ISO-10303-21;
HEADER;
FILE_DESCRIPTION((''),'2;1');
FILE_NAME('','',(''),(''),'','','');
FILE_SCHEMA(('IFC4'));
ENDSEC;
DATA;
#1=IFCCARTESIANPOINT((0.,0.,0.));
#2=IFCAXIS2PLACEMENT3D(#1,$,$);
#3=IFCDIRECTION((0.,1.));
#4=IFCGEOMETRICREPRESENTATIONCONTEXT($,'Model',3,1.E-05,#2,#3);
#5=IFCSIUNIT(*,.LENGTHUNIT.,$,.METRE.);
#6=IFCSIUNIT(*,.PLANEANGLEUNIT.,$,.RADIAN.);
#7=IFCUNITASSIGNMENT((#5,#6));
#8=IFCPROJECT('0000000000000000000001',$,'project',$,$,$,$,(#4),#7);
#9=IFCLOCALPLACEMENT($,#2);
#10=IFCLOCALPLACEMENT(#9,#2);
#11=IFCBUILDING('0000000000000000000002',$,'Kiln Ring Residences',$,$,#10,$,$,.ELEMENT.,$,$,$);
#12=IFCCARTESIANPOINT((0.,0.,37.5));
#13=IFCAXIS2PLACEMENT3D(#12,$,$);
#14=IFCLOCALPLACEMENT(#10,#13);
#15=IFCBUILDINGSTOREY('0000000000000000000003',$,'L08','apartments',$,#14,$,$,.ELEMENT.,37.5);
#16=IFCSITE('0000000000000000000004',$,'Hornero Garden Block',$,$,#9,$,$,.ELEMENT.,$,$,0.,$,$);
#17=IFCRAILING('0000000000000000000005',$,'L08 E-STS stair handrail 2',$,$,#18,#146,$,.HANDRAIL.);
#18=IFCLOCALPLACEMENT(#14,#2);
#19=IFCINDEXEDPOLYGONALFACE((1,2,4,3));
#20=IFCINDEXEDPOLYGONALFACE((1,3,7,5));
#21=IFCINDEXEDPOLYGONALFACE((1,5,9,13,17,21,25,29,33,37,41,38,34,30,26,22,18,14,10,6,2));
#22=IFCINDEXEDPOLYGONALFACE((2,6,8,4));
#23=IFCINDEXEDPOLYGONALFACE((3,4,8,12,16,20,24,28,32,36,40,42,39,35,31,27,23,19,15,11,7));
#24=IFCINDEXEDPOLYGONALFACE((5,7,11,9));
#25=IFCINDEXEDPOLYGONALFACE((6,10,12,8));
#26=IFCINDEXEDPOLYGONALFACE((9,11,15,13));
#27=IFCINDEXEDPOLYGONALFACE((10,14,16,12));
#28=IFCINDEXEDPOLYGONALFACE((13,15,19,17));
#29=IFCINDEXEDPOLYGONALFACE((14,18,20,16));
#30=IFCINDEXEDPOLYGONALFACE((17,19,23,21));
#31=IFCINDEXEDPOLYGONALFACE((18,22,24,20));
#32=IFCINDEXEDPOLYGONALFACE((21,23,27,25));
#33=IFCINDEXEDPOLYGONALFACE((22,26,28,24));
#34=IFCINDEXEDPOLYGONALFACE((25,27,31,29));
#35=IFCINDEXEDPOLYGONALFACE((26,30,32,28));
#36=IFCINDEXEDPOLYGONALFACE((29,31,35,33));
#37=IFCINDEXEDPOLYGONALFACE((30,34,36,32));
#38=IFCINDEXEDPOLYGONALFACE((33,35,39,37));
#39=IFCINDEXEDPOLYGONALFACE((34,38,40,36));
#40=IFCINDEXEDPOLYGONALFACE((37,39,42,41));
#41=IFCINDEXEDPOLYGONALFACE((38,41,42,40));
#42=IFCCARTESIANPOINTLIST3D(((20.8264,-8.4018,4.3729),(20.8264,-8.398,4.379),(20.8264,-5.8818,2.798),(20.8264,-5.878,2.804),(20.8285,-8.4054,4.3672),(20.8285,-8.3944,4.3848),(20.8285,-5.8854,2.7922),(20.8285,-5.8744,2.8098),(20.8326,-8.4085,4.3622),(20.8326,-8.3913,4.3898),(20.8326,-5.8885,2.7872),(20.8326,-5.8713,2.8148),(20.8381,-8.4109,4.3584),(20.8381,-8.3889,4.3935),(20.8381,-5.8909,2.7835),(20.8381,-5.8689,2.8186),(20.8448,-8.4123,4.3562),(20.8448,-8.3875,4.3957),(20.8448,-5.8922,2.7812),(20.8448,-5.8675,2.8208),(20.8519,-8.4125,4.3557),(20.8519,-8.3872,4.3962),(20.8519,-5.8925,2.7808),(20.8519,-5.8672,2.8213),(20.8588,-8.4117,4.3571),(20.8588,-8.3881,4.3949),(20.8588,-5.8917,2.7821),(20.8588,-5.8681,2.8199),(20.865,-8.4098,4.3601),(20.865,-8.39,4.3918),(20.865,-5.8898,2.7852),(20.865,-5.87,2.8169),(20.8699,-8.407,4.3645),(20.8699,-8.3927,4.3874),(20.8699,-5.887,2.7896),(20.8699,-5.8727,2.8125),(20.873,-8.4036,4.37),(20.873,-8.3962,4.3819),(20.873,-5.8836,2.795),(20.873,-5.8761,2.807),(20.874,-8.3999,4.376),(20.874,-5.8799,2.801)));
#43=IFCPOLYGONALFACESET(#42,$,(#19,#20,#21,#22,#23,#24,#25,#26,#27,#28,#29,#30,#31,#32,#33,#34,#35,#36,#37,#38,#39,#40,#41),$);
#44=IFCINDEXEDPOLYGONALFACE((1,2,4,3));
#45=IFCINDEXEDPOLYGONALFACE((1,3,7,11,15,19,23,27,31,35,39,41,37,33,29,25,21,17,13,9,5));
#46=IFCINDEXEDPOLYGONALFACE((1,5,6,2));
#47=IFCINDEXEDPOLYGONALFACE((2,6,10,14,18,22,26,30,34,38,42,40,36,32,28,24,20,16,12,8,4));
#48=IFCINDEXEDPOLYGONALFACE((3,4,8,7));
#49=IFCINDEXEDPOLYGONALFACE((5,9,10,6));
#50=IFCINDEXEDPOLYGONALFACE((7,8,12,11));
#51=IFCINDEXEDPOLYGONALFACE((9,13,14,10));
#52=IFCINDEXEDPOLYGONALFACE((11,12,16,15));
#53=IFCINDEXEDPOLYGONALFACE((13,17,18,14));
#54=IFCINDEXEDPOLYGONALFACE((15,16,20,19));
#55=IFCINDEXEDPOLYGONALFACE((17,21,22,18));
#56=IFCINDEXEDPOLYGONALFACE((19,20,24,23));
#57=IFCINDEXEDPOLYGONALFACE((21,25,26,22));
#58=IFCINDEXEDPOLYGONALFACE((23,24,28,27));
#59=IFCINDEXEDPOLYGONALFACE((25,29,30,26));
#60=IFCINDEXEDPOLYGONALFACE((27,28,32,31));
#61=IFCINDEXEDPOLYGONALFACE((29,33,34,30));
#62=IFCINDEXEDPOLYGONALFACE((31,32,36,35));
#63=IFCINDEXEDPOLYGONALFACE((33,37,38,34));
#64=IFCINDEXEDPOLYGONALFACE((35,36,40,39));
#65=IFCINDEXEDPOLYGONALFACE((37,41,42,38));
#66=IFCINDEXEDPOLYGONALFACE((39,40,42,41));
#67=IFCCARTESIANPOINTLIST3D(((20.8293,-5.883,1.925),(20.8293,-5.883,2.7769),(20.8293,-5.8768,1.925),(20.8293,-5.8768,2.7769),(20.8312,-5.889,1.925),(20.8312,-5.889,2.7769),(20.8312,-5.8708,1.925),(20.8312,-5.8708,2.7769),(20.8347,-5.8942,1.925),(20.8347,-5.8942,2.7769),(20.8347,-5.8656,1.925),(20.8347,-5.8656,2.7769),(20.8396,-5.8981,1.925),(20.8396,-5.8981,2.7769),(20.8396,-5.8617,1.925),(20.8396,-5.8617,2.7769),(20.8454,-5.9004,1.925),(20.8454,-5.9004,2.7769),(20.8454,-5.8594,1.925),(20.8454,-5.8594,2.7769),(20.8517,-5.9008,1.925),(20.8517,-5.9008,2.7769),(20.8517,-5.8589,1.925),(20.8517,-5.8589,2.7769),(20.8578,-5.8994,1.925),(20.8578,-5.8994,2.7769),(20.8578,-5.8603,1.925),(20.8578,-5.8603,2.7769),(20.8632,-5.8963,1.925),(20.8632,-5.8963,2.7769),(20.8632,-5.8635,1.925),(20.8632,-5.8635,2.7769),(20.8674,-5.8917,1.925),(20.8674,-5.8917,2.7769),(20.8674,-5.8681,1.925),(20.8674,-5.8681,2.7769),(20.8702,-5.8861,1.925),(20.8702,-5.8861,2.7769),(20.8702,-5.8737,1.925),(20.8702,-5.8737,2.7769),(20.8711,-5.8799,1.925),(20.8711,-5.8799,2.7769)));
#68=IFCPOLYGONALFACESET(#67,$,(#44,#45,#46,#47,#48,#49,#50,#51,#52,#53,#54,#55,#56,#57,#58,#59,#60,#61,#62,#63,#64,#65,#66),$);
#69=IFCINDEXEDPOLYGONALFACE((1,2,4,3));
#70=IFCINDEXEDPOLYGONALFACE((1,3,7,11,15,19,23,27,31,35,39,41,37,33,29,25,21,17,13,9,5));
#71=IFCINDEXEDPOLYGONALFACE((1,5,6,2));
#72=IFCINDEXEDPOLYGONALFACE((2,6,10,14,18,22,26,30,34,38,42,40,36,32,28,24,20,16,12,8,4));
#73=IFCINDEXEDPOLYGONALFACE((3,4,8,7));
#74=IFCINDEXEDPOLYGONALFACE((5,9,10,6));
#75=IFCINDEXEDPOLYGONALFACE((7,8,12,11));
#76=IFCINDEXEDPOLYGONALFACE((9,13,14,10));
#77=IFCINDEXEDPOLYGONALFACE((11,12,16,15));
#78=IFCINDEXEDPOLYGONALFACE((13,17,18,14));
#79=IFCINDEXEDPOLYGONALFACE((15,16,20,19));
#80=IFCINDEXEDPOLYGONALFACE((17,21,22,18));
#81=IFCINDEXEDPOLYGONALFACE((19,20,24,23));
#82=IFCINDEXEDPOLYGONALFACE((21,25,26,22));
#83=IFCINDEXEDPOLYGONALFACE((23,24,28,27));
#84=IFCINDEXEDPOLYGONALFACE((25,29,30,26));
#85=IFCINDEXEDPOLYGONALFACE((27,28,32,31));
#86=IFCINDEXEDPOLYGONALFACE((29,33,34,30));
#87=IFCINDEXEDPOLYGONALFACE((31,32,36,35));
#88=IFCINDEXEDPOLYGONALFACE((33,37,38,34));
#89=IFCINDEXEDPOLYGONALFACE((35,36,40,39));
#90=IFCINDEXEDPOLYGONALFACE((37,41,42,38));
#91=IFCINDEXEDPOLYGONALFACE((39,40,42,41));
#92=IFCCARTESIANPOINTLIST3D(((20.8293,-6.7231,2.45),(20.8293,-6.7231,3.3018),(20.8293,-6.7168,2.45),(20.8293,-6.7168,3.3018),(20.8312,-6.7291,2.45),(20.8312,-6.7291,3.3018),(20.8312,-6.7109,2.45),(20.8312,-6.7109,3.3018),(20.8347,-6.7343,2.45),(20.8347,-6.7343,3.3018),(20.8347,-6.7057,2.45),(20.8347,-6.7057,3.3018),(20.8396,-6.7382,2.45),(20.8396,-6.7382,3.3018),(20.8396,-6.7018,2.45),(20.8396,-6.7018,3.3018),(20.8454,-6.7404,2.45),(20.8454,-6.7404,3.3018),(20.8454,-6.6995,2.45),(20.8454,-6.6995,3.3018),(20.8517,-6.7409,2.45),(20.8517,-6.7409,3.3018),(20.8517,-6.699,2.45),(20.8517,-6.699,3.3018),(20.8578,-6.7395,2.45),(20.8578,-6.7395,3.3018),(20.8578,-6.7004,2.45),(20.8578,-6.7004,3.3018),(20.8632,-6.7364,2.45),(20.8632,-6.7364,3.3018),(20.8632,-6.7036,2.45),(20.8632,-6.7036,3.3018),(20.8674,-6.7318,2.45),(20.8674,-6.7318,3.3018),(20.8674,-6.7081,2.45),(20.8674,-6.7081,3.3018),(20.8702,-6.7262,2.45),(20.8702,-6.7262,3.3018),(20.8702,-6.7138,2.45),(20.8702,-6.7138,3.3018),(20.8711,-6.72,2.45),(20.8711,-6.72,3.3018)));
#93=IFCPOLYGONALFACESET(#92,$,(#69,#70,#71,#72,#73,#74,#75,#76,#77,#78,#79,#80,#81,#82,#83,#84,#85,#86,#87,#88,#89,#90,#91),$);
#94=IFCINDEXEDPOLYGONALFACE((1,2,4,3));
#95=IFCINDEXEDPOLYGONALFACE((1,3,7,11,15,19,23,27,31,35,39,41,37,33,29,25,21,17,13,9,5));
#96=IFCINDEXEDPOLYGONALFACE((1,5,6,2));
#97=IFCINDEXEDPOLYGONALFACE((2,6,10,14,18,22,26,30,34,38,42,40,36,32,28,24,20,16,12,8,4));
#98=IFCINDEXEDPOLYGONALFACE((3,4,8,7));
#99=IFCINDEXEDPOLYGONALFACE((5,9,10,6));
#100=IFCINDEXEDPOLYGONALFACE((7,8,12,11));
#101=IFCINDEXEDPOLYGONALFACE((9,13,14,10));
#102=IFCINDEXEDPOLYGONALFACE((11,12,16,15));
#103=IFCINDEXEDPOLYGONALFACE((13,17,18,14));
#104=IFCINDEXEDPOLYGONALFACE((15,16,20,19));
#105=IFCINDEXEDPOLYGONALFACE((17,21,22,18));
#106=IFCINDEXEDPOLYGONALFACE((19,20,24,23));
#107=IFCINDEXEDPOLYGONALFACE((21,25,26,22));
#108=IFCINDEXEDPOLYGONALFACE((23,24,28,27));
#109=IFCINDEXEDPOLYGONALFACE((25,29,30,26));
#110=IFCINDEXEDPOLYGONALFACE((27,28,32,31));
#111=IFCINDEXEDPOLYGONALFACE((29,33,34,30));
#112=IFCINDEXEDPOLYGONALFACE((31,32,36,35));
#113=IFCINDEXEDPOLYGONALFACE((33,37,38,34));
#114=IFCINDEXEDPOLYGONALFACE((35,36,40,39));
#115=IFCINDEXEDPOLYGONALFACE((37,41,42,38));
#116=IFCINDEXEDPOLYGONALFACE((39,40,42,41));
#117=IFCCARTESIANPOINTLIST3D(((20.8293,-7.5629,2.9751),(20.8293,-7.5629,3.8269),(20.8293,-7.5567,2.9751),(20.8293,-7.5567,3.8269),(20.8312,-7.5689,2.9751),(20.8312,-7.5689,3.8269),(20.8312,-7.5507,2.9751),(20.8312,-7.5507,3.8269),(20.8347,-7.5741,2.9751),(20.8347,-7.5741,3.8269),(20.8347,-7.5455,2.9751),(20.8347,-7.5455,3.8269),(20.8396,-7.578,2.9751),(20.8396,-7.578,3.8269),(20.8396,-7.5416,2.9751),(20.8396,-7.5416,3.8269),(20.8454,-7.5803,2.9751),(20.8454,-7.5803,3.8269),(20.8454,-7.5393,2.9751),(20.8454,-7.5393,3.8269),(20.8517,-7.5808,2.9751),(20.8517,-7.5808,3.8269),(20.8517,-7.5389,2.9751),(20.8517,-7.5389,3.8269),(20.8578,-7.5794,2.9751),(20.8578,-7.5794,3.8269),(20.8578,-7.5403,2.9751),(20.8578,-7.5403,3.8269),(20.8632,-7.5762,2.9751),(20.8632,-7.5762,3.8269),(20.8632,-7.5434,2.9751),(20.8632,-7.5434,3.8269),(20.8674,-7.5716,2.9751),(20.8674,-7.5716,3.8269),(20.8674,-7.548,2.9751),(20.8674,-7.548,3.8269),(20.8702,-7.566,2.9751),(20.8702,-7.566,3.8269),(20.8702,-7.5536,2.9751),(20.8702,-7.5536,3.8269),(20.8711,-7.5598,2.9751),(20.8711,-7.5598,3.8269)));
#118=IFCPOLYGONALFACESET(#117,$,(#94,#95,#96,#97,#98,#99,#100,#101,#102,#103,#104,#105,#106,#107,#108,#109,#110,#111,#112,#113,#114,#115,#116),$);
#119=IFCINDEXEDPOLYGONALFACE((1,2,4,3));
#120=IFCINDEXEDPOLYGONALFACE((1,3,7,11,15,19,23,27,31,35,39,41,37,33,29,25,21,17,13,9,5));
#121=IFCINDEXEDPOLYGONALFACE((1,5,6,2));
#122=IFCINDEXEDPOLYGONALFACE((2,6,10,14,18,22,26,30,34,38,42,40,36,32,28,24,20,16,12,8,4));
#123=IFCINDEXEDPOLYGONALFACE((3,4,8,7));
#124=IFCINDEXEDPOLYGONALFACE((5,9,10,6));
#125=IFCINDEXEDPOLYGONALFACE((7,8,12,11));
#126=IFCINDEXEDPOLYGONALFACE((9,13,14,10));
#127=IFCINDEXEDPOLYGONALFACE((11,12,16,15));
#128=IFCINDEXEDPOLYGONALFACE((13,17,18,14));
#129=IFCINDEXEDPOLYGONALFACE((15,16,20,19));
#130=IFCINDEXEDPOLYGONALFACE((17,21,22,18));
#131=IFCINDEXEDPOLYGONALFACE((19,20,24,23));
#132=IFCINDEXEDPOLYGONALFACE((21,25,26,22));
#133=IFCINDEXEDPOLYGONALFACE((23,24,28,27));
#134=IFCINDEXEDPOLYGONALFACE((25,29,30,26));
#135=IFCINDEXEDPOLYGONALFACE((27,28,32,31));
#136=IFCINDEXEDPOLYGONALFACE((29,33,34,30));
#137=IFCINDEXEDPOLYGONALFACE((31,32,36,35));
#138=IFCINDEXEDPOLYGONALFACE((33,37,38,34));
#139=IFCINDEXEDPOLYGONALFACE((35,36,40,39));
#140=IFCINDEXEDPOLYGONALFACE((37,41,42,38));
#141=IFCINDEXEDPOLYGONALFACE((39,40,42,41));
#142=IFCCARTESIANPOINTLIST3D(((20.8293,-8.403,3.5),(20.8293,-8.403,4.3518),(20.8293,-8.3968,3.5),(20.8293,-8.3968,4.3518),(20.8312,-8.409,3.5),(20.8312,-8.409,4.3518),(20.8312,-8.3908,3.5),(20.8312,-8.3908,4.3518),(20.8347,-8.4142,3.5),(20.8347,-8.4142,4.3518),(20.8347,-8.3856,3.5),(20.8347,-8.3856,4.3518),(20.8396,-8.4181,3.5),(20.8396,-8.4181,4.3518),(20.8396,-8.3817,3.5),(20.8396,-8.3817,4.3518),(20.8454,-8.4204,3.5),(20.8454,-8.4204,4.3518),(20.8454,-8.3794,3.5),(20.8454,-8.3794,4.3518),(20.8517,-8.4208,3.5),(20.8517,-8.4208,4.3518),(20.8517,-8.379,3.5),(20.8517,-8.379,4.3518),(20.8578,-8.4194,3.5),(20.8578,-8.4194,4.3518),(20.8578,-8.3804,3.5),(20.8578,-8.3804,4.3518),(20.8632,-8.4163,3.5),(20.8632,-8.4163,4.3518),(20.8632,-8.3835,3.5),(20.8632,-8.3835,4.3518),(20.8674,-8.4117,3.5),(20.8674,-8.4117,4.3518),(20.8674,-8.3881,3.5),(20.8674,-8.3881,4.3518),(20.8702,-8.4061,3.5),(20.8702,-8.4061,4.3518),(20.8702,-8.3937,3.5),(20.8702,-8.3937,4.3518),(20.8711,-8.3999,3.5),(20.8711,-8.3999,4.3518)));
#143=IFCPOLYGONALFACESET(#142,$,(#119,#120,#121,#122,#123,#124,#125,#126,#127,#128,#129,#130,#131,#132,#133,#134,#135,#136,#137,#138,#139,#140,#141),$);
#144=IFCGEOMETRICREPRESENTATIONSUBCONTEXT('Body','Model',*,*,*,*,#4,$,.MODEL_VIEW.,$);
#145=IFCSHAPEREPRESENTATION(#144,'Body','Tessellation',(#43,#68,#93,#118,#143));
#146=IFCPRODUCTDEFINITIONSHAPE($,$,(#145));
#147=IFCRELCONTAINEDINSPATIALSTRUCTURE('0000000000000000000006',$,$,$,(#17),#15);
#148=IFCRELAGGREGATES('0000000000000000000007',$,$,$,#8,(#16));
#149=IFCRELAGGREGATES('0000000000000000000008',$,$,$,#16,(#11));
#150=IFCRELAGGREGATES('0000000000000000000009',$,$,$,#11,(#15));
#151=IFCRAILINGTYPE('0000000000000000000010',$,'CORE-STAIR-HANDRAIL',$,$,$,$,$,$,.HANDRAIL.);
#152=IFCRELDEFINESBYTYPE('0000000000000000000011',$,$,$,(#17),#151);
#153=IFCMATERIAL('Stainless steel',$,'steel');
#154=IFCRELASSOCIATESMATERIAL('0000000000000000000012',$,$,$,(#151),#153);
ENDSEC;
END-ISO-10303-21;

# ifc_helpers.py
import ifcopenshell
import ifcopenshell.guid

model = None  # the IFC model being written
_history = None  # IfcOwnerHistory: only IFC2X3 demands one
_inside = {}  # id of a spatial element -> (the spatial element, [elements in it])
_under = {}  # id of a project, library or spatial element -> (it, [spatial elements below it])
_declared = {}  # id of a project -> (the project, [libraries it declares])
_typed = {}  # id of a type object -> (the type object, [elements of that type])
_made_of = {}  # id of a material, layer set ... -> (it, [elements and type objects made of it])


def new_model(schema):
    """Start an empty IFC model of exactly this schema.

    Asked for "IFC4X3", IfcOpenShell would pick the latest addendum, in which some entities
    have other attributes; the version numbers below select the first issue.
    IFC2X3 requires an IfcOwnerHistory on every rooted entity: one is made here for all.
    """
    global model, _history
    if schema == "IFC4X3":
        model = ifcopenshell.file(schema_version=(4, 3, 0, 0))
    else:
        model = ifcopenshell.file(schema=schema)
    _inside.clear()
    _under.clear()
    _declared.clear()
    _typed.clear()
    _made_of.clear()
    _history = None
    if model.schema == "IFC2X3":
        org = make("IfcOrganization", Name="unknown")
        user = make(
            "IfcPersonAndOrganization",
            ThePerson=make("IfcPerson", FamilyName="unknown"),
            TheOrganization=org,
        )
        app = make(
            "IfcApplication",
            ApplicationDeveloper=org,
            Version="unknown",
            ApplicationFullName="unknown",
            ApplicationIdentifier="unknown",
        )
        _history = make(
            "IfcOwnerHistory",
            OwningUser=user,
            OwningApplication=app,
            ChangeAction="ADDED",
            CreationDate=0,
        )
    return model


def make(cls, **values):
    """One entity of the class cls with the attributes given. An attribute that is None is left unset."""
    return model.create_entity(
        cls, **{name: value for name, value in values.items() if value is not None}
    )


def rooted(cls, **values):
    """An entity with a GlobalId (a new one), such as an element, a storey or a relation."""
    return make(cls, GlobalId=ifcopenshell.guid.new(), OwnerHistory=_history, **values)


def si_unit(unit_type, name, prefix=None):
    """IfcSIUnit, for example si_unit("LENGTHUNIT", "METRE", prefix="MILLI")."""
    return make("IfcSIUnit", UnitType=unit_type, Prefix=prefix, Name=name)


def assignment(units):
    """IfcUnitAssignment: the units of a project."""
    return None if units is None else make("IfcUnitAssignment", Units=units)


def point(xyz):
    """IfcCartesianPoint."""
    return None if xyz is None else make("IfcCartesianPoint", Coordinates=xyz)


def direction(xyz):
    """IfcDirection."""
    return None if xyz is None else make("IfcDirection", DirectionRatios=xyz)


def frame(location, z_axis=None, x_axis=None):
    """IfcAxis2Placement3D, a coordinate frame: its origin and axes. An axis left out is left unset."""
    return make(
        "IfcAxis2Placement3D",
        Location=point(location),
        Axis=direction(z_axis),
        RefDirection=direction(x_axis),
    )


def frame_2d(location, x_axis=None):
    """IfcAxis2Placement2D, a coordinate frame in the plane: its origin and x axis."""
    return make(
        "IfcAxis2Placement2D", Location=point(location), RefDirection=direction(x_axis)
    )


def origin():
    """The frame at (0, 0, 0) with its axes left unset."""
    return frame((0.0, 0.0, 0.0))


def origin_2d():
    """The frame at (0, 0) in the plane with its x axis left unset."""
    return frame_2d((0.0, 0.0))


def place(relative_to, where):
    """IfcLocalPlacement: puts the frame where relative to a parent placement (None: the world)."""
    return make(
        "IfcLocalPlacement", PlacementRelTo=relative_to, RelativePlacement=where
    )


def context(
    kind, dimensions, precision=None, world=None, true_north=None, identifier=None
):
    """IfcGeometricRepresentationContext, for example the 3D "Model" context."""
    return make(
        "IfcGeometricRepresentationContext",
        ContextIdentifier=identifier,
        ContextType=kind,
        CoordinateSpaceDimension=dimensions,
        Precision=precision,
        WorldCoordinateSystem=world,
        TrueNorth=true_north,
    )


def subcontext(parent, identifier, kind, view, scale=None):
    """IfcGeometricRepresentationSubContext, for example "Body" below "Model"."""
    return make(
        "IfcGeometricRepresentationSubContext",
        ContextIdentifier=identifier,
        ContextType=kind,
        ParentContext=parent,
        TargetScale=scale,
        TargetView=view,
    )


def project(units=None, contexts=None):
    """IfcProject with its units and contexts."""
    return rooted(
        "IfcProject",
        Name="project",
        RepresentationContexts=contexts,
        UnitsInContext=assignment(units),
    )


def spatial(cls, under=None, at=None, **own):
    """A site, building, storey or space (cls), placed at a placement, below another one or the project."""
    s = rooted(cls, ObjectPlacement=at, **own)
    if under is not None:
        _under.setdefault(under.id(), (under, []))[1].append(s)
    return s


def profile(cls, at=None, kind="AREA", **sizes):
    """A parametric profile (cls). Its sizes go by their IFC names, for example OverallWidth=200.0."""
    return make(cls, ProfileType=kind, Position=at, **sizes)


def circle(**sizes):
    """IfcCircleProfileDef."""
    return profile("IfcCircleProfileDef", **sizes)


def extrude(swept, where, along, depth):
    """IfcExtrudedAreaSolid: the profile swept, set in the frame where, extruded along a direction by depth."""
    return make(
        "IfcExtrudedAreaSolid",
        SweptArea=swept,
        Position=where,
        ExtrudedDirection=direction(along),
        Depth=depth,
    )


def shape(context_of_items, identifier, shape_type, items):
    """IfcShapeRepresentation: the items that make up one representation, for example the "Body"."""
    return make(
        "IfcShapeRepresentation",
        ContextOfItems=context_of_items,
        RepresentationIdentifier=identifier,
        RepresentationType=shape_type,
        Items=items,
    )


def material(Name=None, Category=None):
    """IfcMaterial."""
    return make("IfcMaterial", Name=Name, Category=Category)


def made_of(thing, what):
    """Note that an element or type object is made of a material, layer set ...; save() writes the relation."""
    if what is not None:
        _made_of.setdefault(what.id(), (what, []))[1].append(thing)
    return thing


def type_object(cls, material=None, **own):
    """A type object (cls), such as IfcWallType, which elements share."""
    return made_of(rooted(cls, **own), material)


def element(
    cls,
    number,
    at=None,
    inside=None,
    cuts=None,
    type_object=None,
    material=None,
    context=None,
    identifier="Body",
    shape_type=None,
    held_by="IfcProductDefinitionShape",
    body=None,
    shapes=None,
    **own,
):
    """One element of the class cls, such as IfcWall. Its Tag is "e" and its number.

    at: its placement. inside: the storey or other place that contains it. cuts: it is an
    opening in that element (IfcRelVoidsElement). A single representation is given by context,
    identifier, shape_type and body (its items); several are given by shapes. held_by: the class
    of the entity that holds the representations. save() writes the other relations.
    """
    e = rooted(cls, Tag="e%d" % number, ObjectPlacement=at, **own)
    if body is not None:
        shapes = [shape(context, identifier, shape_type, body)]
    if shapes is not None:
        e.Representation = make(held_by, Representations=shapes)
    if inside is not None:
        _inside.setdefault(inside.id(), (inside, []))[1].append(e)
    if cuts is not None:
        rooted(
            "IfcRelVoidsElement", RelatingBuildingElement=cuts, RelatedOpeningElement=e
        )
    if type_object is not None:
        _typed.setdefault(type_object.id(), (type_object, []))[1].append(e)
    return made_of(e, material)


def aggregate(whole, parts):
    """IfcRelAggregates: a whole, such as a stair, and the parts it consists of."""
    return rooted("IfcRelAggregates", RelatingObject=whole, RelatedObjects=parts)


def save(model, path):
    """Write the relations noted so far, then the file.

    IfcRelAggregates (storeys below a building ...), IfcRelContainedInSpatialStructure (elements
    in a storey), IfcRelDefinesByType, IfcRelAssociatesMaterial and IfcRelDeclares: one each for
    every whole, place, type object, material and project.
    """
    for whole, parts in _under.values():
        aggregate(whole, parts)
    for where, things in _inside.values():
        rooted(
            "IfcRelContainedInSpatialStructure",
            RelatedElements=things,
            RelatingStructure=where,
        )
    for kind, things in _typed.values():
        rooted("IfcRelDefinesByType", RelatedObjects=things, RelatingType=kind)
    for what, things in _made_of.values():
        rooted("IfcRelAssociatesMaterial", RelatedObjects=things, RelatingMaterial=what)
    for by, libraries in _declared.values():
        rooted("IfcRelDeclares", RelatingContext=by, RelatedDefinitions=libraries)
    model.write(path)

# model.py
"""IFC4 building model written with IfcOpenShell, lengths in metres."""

from ifc_helpers import new_model, si_unit, direction, frame, origin, origin_2d, place, context, subcontext, project, spatial, circle, extrude, material, type_object, element, save


model = new_model("IFC4")

# Units and contexts
model_context = context("Model", 3, precision=1e-05, world=origin(), true_north=direction((0.0, 1.0)))
body_context = subcontext(model_context, "Body", "Model", "MODEL_VIEW")
ifc_project = project(units=[si_unit("LENGTHUNIT", "METRE"), si_unit("PLANEANGLEUNIT", "RADIAN")], contexts=[model_context])

# Site, building, storey
site_placement = place(None, origin())
site = spatial("IfcSite", under=ifc_project, at=site_placement, Name="Hornero Garden Block", CompositionType="ELEMENT", RefElevation=0.0)
building_placement = place(site_placement, origin())
building = spatial("IfcBuilding", under=site, at=building_placement, Name="Kiln Ring Residences", CompositionType="ELEMENT")
storey_placement = place(building_placement, frame((0.0, 0.0, 37.5)))
storey = spatial("IfcBuildingStorey", under=building, at=storey_placement, Name="L08", Description="apartments", CompositionType="ELEMENT", Elevation=37.5)

# Railing
ifc_material_1 = material(Name="Stainless steel", Category="steel")
railing_type_1 = type_object("IfcRailingType", Name="CORE-STAIR-HANDRAIL", PredefinedType="HANDRAIL", material=ifc_material_1)
railing_1_placement = place(storey_placement, frame((20.8501, -5.8799, 1.925)))
element("IfcRailing", 1, at=railing_1_placement, inside=storey, type_object=railing_type_1, Name="L08 E-STS stair handrail 2", PredefinedType="HANDRAIL", context=body_context, shape_type="SweptSolid", body=[
    extrude(circle(Radius=0.0239, at=origin_2d()), frame((0.0, 0.0, 0.876), z_axis=(0.0, -0.848008, 0.529984), x_axis=(1.0, 0.0, 0.0)), (0.0, 0.0, 1.0), 2.9717),
    extrude(circle(Radius=0.021, at=origin_2d()), origin(), (0.0, 0.0, 1.0), 0.8518),
    extrude(circle(Radius=0.021, at=origin_2d()), frame((0.0, -0.8401, 0.5249)), (0.0, 0.0, 1.0), 0.8518),
    extrude(circle(Radius=0.021, at=origin_2d()), frame((0.0, -1.6799, 1.05)), (0.0, 0.0, 1.0), 0.8518),
    extrude(circle(Radius=0.021, at=origin_2d()), frame((0.0, -2.52, 1.575)), (0.0, 0.0, 1.0), 0.8518),
])

save(model, "model.ifc")
